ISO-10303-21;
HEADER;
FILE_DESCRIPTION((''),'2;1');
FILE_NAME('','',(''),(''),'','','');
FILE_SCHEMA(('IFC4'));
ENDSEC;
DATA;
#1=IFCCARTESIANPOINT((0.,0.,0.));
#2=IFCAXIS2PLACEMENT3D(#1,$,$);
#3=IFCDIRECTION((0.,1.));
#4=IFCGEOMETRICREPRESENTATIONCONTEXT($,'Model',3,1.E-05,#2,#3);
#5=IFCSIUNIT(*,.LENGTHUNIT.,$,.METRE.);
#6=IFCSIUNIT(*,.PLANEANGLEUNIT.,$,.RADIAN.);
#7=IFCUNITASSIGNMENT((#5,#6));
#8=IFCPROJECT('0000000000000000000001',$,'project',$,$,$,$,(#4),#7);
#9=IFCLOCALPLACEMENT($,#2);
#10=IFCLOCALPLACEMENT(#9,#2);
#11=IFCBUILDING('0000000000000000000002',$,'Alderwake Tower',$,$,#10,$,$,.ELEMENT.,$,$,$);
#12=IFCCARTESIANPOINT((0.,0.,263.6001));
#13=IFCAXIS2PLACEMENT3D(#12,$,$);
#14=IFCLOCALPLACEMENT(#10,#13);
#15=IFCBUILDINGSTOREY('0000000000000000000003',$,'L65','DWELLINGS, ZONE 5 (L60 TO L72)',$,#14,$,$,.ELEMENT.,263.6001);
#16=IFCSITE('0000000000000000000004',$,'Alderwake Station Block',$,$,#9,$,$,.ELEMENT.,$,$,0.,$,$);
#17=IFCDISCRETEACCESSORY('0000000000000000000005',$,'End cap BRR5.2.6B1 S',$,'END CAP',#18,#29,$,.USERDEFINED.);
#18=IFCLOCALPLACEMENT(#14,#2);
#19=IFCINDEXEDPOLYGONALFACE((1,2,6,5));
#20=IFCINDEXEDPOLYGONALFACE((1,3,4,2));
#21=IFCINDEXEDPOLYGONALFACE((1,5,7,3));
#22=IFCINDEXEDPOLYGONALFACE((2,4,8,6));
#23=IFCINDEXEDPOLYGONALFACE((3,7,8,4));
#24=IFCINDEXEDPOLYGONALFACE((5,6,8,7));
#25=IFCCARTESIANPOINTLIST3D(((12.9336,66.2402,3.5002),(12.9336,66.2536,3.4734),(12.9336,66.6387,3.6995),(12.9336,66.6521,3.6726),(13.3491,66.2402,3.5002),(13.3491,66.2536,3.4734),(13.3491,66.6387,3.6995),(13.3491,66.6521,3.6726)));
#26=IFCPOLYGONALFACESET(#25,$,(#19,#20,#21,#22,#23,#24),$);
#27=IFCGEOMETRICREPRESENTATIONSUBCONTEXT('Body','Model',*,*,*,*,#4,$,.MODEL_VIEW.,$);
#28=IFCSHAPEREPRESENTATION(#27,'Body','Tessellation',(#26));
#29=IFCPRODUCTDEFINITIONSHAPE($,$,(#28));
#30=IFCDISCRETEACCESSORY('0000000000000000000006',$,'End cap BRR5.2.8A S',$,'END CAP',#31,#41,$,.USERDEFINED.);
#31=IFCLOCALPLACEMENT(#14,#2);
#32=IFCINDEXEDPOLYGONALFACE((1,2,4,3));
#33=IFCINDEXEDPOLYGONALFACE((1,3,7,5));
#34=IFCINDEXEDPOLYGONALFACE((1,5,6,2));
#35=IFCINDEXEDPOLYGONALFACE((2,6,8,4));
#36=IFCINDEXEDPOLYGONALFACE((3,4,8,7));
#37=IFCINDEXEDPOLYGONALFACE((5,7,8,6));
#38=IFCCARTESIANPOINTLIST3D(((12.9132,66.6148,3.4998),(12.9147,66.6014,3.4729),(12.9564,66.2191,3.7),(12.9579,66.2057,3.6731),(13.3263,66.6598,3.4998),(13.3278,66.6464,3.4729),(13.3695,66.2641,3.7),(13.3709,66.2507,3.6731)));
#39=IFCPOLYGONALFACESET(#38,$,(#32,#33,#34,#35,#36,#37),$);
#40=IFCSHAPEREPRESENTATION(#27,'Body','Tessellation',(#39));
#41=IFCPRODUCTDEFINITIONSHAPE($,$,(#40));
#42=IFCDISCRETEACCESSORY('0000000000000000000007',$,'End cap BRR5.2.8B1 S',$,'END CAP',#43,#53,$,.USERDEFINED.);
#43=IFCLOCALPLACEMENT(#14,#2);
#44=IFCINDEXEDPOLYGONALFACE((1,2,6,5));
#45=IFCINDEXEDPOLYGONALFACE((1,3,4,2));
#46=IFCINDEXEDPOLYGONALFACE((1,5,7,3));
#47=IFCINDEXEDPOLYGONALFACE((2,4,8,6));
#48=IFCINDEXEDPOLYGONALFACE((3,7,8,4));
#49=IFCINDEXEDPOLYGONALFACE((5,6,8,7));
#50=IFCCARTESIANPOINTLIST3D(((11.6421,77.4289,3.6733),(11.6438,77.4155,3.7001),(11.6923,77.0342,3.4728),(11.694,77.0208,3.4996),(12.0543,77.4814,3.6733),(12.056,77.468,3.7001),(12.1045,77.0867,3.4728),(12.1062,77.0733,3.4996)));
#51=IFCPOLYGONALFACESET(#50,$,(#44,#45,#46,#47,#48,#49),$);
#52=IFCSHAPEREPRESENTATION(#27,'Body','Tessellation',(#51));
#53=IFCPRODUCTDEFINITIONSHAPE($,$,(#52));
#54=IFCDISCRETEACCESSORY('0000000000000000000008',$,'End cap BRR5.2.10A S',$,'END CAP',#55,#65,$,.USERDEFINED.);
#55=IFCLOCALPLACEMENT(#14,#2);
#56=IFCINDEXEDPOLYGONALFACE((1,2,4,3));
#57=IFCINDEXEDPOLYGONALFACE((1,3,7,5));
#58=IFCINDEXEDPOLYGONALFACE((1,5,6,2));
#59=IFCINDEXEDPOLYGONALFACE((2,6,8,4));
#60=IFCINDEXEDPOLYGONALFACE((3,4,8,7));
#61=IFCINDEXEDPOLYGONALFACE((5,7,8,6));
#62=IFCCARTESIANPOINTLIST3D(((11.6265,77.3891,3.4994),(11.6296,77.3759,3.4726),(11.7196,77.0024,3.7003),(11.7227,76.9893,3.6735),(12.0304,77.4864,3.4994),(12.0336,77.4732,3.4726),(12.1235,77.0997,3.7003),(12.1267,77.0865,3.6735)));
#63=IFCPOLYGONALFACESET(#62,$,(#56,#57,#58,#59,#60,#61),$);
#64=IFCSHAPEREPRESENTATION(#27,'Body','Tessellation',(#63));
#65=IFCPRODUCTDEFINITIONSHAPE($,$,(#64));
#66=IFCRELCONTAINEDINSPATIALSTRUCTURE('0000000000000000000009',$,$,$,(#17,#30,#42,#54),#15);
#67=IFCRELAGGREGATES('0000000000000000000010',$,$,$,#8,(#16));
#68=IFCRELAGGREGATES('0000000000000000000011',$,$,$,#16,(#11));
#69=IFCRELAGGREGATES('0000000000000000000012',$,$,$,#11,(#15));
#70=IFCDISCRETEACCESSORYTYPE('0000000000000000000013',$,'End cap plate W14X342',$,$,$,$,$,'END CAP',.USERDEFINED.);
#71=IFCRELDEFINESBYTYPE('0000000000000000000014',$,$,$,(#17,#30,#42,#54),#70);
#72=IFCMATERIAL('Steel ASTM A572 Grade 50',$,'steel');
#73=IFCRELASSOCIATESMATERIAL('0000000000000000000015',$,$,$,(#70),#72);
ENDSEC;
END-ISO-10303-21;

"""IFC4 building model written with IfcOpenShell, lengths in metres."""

from ifc_helpers import new_model, si_unit, direction, frame, origin, origin_2d, place, context, subcontext, project, spatial, rectangle, extrude, material, material_profile, profile_set, type_object, element, save


model = new_model("IFC4")

# Units and contexts
model_context = context("Model", 3, precision=1e-05, world=origin(), true_north=direction((0.0, 1.0)))
body_context = subcontext(model_context, "Body", "Model", "MODEL_VIEW")
ifc_project = project(units=[si_unit("LENGTHUNIT", "METRE"), si_unit("PLANEANGLEUNIT", "RADIAN")], contexts=[model_context])

# Site, building, storey
site_placement = place(None, origin())
site = spatial("IfcSite", under=ifc_project, at=site_placement, Name="Alderwake Station Block", CompositionType="ELEMENT", RefElevation=0.0)
building_placement = place(site_placement, origin())
building = spatial("IfcBuilding", under=site, at=building_placement, Name="Alderwake Tower", CompositionType="ELEMENT")
storey_placement = place(building_placement, frame((0.0, 0.0, 263.6001)))
storey = spatial("IfcBuildingStorey", under=building, at=storey_placement, Name="L65", Description="DWELLINGS, ZONE 5 (L60 TO L72)", CompositionType="ELEMENT", Elevation=263.6001)

# Discrete accessories
ifc_material_1 = material(Name="Steel ASTM A572 Grade 50", Category="steel")
ifc_material_profile = material_profile(ifc_material_1, rectangle(XDim=0.4155, YDim=0.4456, at=origin_2d()), Name="W14X342 cap")
ifc_profile_set = profile_set([ifc_material_profile], Name="Steel ASTM A572 Grade 50")
discrete_accessory_type = type_object("IfcDiscreteAccessoryType", Name="End cap plate W14X342", ElementType="END CAP", PredefinedType="USERDEFINED", material=ifc_profile_set)
for number, where, z_axis, x_axis, name in (
    (1, (13.1414, 66.4395, 3.5999), (0.0, 0.447214, -0.894427), (-1.0, 0.0, 0.0), "End cap BRR5.2.6B1 S"),
    (2, (13.1414, 66.4395, 3.5999), (0.048729, -0.446682, -0.893365), (0.994102, 0.108448, 0.0), "End cap BRR5.2.8A S"),
    (3, (11.875, 77.2444, 3.5999), (-0.056826, 0.446491, -0.892982), (-0.991998, -0.126254, 0.0), "End cap BRR5.2.8B1 S"),
    (4, (11.875, 77.2444, 3.5999), (0.105496, -0.438214, -0.892658), (0.972224, 0.234054, 0.0), "End cap BRR5.2.10A S"),
):
    element("IfcDiscreteAccessory", number, at=place(storey_placement, frame(where, z_axis=z_axis, x_axis=x_axis)), inside=storey, type_object=discrete_accessory_type, Name=name, ObjectType="END CAP", PredefinedType="USERDEFINED", context=body_context, shape_type="SweptSolid", body=[
        extrude(rectangle(XDim=0.4155, YDim=0.4456, at=origin_2d()), origin(), (0.0, 0.0, 1.0), 0.03),
    ])

save(model, "model.ifc")
